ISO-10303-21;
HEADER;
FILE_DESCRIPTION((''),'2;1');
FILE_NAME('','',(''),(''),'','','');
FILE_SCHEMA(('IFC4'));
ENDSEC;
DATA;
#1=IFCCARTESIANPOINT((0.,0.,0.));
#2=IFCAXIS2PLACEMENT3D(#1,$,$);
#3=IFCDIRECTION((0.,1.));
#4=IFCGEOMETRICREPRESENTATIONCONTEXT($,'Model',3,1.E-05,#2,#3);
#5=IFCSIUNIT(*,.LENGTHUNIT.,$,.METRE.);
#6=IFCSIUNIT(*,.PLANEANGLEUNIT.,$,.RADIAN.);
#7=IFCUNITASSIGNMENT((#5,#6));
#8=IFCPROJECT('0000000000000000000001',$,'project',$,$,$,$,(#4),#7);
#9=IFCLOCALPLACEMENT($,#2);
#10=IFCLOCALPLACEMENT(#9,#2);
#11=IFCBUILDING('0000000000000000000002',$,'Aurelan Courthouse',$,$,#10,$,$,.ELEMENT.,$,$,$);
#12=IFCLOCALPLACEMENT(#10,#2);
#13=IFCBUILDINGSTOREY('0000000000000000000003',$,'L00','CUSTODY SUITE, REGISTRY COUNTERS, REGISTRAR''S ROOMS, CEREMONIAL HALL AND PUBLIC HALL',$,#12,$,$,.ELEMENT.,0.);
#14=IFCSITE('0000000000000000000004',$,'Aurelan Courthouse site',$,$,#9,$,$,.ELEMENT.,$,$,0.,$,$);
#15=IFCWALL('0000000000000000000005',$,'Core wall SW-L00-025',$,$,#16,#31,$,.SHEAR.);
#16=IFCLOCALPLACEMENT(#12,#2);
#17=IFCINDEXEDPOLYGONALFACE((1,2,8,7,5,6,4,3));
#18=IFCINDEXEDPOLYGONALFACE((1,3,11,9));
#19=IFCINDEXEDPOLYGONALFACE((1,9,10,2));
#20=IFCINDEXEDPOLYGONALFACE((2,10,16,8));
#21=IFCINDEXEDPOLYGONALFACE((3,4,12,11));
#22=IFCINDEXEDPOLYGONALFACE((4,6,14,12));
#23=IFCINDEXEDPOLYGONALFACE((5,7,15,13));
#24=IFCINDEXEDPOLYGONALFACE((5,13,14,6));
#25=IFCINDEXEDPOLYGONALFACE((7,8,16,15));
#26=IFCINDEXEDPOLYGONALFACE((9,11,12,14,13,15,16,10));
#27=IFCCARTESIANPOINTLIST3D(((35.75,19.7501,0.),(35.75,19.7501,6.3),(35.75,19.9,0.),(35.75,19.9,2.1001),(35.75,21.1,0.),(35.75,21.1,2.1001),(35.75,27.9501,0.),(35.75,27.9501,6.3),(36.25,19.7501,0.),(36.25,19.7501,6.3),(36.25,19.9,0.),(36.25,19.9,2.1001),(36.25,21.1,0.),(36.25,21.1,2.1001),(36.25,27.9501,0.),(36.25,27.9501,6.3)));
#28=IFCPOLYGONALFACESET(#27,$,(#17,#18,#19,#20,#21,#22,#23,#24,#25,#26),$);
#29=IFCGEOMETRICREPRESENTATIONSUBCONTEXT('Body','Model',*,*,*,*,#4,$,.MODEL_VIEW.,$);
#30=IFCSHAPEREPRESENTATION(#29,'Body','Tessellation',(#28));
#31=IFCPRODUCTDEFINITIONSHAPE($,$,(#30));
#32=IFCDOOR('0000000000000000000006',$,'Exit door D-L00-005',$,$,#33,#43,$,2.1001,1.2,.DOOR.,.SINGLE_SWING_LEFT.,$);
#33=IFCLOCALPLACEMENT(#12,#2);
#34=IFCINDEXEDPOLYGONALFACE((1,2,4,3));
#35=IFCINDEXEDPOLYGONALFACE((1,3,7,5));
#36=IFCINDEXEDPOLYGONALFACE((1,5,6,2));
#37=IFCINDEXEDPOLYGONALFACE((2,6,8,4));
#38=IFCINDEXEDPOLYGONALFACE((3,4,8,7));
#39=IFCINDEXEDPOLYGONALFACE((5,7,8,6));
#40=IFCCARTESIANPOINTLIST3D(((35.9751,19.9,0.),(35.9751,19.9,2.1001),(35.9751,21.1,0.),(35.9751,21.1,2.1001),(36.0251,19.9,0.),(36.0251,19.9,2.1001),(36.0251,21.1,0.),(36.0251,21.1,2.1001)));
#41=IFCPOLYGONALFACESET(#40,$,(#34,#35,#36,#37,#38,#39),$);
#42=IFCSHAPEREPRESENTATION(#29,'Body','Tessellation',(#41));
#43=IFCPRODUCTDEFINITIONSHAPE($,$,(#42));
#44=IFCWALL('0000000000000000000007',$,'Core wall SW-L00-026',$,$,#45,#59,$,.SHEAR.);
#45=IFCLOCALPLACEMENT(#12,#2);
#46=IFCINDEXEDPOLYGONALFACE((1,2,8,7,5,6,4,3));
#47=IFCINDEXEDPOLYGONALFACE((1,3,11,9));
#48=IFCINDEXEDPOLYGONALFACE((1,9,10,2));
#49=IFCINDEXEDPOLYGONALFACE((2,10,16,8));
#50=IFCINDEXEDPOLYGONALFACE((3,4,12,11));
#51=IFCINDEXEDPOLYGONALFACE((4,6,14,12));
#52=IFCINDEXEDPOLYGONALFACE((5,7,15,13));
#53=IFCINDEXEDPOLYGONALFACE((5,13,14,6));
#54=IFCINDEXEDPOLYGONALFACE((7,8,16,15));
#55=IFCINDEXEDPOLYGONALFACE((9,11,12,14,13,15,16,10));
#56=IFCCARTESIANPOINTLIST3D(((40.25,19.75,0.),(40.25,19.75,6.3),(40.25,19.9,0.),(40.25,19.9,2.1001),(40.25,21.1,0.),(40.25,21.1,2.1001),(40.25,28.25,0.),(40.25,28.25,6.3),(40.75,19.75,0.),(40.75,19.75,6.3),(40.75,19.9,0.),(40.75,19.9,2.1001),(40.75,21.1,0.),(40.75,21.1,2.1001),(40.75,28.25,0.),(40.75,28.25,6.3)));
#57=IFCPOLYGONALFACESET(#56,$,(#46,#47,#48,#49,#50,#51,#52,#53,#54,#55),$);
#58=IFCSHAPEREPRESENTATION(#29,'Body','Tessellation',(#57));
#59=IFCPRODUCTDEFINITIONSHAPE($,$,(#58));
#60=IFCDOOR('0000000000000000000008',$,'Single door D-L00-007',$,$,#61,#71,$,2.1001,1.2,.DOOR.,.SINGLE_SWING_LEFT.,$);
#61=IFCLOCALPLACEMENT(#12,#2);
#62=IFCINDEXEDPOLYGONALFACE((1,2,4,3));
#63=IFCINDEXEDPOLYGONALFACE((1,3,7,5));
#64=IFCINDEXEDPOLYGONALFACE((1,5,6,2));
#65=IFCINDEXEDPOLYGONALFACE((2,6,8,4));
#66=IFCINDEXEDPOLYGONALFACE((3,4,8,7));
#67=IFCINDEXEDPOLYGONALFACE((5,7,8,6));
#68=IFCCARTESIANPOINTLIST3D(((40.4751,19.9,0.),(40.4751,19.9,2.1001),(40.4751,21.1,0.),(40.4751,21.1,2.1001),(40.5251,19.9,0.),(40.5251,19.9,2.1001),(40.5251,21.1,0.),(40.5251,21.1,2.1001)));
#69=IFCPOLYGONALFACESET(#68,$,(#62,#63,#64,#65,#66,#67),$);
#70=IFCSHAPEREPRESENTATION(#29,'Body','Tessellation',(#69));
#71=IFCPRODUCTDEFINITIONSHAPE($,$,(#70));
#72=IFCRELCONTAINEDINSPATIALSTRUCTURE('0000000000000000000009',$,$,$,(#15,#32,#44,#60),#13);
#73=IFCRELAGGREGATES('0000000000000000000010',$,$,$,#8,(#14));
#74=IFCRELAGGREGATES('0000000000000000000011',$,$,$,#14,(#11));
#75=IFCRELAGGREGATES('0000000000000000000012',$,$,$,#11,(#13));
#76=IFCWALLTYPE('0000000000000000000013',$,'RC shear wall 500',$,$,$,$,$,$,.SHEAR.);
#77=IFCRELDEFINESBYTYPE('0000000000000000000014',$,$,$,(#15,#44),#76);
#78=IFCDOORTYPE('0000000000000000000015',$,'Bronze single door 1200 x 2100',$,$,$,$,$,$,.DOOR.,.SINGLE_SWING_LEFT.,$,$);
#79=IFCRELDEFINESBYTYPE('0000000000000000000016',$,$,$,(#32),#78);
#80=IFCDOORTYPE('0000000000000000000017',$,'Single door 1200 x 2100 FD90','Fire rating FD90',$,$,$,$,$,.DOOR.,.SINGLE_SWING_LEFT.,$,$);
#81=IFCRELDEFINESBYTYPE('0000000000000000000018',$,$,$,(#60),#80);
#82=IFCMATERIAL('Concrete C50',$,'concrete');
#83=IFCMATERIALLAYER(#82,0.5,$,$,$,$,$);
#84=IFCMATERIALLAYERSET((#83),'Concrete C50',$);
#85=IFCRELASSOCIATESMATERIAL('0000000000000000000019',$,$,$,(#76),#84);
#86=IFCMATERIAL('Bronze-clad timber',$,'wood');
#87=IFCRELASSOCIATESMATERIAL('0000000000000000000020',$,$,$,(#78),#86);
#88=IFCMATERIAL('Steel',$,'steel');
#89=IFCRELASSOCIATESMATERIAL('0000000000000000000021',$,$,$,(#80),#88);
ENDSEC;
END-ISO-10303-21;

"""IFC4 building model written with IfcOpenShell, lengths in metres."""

from ifc_helpers import new_model, si_unit, direction, frame, frame_2d, origin, place, context, subcontext, project, spatial, rectangle, extrude, material, layer, layer_set, type_object, element, fill, save


model = new_model("IFC4")

# Units and contexts
model_context = context("Model", 3, precision=1e-05, world=origin(), true_north=direction((0.0, 1.0)))
body_context = subcontext(model_context, "Body", "Model", "MODEL_VIEW")
ifc_project = project(units=[si_unit("LENGTHUNIT", "METRE"), si_unit("PLANEANGLEUNIT", "RADIAN")], contexts=[model_context])

# Site, building, storey
site_placement = place(None, origin())
site = spatial("IfcSite", under=ifc_project, at=site_placement, Name="Aurelan Courthouse site", CompositionType="ELEMENT", RefElevation=0.0)
building_placement = place(site_placement, origin())
building = spatial("IfcBuilding", under=site, at=building_placement, Name="Aurelan Courthouse", CompositionType="ELEMENT")
storey_placement = place(building_placement, origin())
storey = spatial("IfcBuildingStorey", under=building, at=storey_placement, Name="L00", Description="CUSTODY SUITE, REGISTRY COUNTERS, REGISTRAR'S ROOMS, CEREMONIAL HALL AND PUBLIC HALL", CompositionType="ELEMENT", Elevation=0.0)

# Shared definitions
ifc_material_1 = material(Name="Concrete C50", Category="concrete")

# Shared definitions
ifc_material_2 = material(Name="Bronze-clad timber", Category="wood")

# Shared definitions
ifc_material_3 = material(Name="Steel", Category="steel")

# Walls, openings, doors
ifc_layer_1 = layer(ifc_material_1, 0.5)
ifc_layer_set_1 = layer_set([ifc_layer_1], Name="Concrete C50")
wall_type_1 = type_object("IfcWallType", Name="RC shear wall 500", PredefinedType="SHEAR", material=ifc_layer_set_1)
wall_1_placement = place(storey_placement, frame((36.0, 19.75, 0.0), z_axis=(0.0, 0.0, 1.0), x_axis=(0.0, 1.0, 0.0)))
wall_1 = element("IfcWall", 1, at=wall_1_placement, inside=storey, type_object=wall_type_1, Name="Core wall SW-L00-025", PredefinedType="SHEAR", context=body_context, shape_type="SweptSolid", body=[
    extrude(rectangle(XDim=8.2, YDim=0.5, at=frame_2d((4.1001, 0.0))), origin(), (0.0, 0.0, 1.0), 6.3),
])
opening_1_placement = place(wall_1_placement, frame((0.1499, 0.0, 0.0)))
opening_1 = element("IfcOpeningElement", 2, at=opening_1_placement, cuts=wall_1, PredefinedType="OPENING", context=body_context, shape_type="SweptSolid", body=[
    extrude(rectangle(XDim=1.2, YDim=2.1001, at=frame_2d((0.6001, 1.05))), frame((0.0, 0.26, 0.0), z_axis=(0.0, -1.0, 0.0), x_axis=(1.0, 0.0, 0.0)), (0.0, 0.0, 1.0), 0.52),
])
door_type_1 = type_object("IfcDoorType", Name="Bronze single door 1200 x 2100", OperationType="SINGLE_SWING_LEFT", PredefinedType="DOOR", material=ifc_material_2)
door_1_placement = place(opening_1_placement, origin())
door_1 = element("IfcDoor", 3, at=door_1_placement, inside=storey, type_object=door_type_1, Name="Exit door D-L00-005", OperationType="SINGLE_SWING_LEFT", OverallHeight=2.1001, OverallWidth=1.2, PredefinedType="DOOR", context=body_context, shape_type="SweptSolid", body=[
    extrude(rectangle(XDim=1.2, YDim=2.1001, at=frame_2d((0.6001, 1.05))), frame((0.0, 0.0249, 0.0), z_axis=(0.0, -1.0, 0.0), x_axis=(1.0, 0.0, 0.0)), (0.0, 0.0, 1.0), 0.05),
])
fill(opening_1, door_1)
wall_2_placement = place(storey_placement, frame((40.5, 19.75, 0.0), z_axis=(0.0, 0.0, 1.0), x_axis=(0.0, 1.0, 0.0)))
wall_2 = element("IfcWall", 4, at=wall_2_placement, inside=storey, type_object=wall_type_1, Name="Core wall SW-L00-026", PredefinedType="SHEAR", context=body_context, shape_type="SweptSolid", body=[
    extrude(rectangle(XDim=8.5, YDim=0.5, at=frame_2d((4.25, 0.0))), origin(), (0.0, 0.0, 1.0), 6.3),
])
opening_2_placement = place(wall_2_placement, frame((0.1499, 0.0, 0.0)))
opening_2 = element("IfcOpeningElement", 5, at=opening_2_placement, cuts=wall_2, PredefinedType="OPENING", context=body_context, shape_type="SweptSolid", body=[
    extrude(rectangle(XDim=1.2, YDim=2.1001, at=frame_2d((0.6001, 1.05))), frame((0.0, 0.26, 0.0), z_axis=(0.0, -1.0, 0.0), x_axis=(1.0, 0.0, 0.0)), (0.0, 0.0, 1.0), 0.52),
])
door_type_2 = type_object("IfcDoorType", Name="Single door 1200 x 2100 FD90", Description="Fire rating FD90", OperationType="SINGLE_SWING_LEFT", PredefinedType="DOOR", material=ifc_material_3)
door_2_placement = place(opening_2_placement, origin())
door_2 = element("IfcDoor", 6, at=door_2_placement, inside=storey, type_object=door_type_2, Name="Single door D-L00-007", OperationType="SINGLE_SWING_LEFT", OverallHeight=2.1001, OverallWidth=1.2, PredefinedType="DOOR", context=body_context, shape_type="SweptSolid", body=[
    extrude(rectangle(XDim=1.2, YDim=2.1001, at=frame_2d((0.6001, 1.05))), frame((0.0, 0.0249, 0.0), z_axis=(0.0, -1.0, 0.0), x_axis=(1.0, 0.0, 0.0)), (0.0, 0.0, 1.0), 0.05),
])
fill(opening_2, door_2)

save(model, "model.ifc")
